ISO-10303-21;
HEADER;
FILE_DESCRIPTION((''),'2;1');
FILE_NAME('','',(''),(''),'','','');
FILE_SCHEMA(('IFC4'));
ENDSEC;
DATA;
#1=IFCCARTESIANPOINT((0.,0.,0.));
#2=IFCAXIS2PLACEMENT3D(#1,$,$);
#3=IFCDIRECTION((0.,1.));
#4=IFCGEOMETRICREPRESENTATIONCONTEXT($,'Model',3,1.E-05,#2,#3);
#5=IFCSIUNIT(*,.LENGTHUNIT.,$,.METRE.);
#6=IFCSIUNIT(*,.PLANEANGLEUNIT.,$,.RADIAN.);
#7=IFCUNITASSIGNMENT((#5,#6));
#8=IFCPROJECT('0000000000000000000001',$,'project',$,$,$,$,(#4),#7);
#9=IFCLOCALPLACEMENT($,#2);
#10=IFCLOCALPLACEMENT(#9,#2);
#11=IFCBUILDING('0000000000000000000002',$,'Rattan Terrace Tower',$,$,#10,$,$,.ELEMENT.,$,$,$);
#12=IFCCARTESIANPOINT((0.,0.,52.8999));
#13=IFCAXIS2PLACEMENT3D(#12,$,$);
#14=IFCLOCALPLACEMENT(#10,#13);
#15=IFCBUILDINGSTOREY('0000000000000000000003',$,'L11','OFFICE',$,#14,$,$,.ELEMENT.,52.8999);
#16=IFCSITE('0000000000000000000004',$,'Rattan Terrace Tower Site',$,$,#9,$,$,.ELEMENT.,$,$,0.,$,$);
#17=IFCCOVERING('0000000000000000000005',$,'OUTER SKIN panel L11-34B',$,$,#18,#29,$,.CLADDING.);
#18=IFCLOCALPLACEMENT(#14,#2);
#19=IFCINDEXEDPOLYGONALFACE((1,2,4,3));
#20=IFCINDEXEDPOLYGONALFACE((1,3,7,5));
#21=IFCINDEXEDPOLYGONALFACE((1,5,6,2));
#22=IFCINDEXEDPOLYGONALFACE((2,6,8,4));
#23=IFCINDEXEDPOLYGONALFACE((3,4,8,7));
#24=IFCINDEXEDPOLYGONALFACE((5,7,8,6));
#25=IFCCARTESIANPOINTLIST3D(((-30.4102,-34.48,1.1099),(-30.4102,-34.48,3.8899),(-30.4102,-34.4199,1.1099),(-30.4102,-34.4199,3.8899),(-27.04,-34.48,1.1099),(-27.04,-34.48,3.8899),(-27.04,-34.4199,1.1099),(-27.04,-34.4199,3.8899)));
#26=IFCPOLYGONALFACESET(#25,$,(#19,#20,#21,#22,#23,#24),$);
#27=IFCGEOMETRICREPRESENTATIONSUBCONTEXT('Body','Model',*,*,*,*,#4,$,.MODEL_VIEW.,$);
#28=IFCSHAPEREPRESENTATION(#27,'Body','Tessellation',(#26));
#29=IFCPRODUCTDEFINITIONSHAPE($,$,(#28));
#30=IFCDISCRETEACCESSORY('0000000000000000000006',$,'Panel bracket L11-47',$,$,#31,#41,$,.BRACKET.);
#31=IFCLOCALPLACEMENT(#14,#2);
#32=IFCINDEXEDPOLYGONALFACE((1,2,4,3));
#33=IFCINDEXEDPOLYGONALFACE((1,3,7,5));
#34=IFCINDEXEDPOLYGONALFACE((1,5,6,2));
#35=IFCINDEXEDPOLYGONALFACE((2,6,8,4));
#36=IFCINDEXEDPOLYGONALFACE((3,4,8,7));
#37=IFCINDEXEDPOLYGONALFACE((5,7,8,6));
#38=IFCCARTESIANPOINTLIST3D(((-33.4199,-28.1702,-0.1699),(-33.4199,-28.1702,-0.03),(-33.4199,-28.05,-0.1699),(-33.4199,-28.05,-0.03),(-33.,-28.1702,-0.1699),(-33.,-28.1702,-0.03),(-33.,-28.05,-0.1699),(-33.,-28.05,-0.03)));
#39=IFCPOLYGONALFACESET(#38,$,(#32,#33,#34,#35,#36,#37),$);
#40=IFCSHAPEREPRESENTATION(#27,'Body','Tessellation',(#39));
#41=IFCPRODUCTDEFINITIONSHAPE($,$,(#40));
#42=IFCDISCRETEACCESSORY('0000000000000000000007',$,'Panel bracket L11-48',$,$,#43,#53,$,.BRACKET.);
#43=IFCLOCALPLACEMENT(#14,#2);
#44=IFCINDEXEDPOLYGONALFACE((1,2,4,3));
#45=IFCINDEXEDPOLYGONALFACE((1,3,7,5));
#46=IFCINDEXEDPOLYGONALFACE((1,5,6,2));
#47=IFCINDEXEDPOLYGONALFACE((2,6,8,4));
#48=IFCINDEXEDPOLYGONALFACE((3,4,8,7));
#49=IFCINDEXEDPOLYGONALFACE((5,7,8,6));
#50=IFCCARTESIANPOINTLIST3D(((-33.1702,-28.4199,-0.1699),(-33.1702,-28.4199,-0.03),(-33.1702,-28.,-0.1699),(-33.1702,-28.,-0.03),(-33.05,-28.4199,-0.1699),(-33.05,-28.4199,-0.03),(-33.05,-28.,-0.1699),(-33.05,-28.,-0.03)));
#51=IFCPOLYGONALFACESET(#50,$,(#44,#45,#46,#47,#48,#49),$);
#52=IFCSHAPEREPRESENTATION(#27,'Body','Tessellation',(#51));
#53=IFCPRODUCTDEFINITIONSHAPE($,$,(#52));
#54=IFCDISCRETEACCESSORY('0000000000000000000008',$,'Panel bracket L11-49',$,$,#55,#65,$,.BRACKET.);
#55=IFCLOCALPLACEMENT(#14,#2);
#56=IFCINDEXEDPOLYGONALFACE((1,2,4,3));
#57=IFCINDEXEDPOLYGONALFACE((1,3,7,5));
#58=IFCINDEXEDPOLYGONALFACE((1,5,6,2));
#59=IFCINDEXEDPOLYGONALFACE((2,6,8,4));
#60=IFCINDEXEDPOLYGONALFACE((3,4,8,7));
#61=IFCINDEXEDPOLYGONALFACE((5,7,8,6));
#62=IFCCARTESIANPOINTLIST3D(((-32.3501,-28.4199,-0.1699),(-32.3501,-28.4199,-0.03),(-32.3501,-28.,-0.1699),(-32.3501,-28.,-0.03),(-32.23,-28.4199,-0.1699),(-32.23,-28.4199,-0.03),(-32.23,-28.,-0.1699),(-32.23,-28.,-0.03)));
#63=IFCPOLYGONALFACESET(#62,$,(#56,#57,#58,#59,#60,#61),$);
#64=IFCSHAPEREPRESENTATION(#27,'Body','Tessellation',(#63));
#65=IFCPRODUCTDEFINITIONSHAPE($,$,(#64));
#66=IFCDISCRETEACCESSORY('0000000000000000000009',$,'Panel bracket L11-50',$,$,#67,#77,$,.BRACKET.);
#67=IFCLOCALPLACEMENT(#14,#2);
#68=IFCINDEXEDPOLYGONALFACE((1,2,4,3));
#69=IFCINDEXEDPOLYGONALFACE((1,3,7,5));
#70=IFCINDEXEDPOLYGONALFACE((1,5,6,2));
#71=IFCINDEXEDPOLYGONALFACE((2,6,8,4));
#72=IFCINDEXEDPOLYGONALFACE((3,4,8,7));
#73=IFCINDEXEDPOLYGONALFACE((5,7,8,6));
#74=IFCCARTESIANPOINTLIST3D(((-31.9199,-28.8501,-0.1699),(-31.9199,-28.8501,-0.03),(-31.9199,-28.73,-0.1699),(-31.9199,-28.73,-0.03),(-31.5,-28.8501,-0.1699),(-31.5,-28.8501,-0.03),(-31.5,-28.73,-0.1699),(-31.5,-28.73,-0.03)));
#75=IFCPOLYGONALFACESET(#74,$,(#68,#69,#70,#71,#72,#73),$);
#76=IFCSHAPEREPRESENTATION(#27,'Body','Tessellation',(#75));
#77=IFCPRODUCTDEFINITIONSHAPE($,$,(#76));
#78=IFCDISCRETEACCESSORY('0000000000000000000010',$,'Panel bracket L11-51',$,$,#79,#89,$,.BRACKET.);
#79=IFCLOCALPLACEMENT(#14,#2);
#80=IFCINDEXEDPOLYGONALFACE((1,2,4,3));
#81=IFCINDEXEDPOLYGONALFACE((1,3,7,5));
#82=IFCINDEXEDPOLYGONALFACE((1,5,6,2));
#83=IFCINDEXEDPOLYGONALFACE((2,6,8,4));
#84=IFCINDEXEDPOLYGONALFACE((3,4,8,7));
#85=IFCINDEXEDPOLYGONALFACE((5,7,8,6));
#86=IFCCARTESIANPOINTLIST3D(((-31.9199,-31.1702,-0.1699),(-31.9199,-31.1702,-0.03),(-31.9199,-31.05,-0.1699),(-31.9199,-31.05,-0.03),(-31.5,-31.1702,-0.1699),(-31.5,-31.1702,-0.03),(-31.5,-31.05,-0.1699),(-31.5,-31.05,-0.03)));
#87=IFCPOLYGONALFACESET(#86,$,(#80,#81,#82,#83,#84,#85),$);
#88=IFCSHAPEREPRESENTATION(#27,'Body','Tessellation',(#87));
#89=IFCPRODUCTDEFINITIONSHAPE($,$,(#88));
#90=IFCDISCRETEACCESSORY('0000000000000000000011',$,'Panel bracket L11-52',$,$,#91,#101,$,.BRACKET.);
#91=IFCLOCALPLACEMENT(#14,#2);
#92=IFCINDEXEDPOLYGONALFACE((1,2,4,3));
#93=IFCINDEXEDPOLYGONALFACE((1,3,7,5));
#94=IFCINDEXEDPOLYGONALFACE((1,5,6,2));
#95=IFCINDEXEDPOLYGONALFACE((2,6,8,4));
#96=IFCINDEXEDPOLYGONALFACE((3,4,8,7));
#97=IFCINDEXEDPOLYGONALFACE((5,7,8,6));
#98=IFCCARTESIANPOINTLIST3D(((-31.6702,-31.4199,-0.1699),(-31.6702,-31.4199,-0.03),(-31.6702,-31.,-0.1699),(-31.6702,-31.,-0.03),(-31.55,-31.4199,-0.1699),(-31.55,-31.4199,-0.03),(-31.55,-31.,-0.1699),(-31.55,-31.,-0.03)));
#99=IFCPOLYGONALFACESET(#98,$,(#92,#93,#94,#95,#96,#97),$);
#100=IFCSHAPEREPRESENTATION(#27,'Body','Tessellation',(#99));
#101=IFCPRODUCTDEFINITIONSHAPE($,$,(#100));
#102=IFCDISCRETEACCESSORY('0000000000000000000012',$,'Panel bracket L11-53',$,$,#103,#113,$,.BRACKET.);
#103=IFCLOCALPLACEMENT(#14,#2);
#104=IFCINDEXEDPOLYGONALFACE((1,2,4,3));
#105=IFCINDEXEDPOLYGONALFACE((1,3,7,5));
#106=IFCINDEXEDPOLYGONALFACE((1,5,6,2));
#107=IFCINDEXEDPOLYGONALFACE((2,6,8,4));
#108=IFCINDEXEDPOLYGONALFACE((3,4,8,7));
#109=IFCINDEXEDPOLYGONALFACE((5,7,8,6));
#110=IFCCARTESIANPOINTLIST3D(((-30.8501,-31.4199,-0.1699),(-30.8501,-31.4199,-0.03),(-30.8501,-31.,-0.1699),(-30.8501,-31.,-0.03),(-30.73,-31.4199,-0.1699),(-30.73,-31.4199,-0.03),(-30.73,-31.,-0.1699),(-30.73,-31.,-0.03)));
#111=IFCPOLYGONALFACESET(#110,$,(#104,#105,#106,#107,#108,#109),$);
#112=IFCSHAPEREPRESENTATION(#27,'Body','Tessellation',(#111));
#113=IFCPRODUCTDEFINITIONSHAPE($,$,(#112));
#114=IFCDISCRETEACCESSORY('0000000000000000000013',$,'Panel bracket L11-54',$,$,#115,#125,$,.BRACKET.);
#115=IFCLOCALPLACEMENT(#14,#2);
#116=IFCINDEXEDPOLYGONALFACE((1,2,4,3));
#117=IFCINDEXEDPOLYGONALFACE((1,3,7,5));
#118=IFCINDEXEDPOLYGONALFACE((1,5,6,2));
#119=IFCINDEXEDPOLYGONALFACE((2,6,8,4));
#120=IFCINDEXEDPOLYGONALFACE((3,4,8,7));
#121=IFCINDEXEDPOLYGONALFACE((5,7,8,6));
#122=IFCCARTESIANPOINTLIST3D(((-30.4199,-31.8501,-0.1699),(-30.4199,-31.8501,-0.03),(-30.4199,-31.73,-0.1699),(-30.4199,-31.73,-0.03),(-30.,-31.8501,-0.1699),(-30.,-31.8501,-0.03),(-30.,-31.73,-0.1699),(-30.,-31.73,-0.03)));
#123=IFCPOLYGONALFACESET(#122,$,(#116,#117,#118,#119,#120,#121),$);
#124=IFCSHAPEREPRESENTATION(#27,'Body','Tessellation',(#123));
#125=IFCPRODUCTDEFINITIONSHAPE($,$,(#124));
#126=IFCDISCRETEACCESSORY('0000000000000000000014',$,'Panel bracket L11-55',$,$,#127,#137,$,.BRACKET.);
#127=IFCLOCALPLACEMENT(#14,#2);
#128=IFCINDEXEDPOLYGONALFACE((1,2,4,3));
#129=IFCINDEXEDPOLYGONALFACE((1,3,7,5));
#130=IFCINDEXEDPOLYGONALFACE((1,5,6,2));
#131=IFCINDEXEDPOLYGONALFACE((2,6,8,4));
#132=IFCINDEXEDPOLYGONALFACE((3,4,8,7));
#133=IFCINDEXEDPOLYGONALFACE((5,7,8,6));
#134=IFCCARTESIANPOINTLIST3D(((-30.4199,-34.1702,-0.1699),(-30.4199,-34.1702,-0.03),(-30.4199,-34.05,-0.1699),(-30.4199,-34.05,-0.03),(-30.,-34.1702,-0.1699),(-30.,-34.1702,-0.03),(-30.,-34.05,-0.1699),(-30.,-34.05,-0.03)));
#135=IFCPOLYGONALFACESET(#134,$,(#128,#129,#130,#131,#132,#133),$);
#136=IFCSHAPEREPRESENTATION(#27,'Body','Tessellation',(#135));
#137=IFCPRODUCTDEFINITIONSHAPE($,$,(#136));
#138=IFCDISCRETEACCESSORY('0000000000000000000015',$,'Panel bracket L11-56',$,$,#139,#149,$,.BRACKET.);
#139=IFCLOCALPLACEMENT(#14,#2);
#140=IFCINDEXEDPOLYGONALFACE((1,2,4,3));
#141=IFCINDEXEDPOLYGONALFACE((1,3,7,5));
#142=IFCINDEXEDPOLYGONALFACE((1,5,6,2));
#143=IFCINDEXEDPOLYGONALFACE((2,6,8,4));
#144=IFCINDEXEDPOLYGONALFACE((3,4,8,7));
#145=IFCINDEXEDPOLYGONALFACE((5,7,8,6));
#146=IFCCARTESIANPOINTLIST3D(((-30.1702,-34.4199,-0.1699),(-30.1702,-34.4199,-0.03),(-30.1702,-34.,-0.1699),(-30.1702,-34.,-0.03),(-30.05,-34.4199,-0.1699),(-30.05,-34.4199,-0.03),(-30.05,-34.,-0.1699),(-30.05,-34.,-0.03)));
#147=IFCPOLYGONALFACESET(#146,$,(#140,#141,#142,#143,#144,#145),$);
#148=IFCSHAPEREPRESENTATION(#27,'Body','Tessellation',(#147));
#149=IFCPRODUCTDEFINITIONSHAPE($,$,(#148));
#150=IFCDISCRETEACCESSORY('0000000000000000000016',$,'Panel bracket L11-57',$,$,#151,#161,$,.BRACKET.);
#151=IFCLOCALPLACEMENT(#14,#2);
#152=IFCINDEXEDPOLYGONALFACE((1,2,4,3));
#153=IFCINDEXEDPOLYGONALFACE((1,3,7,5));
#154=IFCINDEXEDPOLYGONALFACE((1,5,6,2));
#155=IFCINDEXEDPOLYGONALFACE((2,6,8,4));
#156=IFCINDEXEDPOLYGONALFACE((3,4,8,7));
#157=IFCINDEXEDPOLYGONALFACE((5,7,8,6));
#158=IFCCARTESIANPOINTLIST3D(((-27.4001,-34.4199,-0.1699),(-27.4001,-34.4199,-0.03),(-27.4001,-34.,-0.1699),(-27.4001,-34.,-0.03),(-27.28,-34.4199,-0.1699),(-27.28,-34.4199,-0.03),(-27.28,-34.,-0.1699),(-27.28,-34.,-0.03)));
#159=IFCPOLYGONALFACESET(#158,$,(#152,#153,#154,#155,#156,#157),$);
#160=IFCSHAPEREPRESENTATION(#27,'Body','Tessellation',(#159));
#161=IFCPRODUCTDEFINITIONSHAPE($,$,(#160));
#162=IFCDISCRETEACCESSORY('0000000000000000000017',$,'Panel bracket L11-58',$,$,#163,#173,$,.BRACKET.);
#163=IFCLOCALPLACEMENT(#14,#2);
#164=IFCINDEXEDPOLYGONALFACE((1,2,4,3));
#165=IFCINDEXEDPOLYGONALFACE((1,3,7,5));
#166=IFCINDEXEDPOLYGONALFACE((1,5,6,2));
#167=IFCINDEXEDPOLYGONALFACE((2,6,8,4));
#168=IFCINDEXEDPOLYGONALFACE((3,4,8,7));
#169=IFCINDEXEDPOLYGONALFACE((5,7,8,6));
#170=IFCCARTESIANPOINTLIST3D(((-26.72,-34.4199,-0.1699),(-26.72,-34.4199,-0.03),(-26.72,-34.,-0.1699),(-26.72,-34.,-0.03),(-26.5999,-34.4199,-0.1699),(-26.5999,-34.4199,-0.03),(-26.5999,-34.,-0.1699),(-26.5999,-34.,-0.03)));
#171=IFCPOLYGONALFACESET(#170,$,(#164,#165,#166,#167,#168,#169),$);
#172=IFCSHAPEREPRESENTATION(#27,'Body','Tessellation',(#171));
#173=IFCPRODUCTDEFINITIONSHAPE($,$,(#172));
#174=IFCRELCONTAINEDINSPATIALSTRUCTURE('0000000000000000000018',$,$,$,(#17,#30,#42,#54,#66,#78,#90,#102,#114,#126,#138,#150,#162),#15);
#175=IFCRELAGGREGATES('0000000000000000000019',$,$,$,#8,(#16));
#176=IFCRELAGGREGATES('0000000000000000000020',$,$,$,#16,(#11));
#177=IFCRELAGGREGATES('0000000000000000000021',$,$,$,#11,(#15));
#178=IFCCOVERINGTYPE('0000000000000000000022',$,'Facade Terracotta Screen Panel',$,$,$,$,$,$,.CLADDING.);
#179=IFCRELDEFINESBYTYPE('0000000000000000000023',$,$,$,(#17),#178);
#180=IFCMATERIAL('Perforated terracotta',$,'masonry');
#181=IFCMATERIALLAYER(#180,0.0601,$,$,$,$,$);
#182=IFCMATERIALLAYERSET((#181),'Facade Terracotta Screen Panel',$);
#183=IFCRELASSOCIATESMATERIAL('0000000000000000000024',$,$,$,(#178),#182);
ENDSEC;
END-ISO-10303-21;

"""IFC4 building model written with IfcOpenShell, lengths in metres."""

from ifc_helpers import new_model, si_unit, direction, frame, origin, origin_2d, place, context, subcontext, project, spatial, rectangle, extrude, material, layer, layer_set, type_object, element, save


model = new_model("IFC4")

# Units and contexts
model_context = context("Model", 3, precision=1e-05, world=origin(), true_north=direction((0.0, 1.0)))
body_context = subcontext(model_context, "Body", "Model", "MODEL_VIEW")
ifc_project = project(units=[si_unit("LENGTHUNIT", "METRE"), si_unit("PLANEANGLEUNIT", "RADIAN")], contexts=[model_context])

# Site, building, storey
site_placement = place(None, origin())
site = spatial("IfcSite", under=ifc_project, at=site_placement, Name="Rattan Terrace Tower Site", CompositionType="ELEMENT", RefElevation=0.0)
building_placement = place(site_placement, origin())
building = spatial("IfcBuilding", under=site, at=building_placement, Name="Rattan Terrace Tower", CompositionType="ELEMENT")
storey_placement = place(building_placement, frame((0.0, 0.0, 52.8999)))
storey = spatial("IfcBuildingStorey", under=building, at=storey_placement, Name="L11", Description="OFFICE", CompositionType="ELEMENT", Elevation=52.8999)

# Covering
ifc_material_1 = material(Name="Perforated terracotta", Category="masonry")
ifc_layer_1 = layer(ifc_material_1, 0.0601)
ifc_layer_set_1 = layer_set([ifc_layer_1], Name="Facade Terracotta Screen Panel")
covering_type_1 = type_object("IfcCoveringType", Name="Facade Terracotta Screen Panel", PredefinedType="CLADDING", material=ifc_layer_set_1)
covering_1_placement = place(storey_placement, frame((-28.7251, -34.45, 1.1099), z_axis=(0.0, 0.0, 1.0), x_axis=(1.0, 0.0, 0.0)))
element("IfcCovering", 1, at=covering_1_placement, inside=storey, type_object=covering_type_1, Name="OUTER SKIN panel L11-34B", PredefinedType="CLADDING", context=body_context, shape_type="SweptSolid", body=[
    extrude(rectangle(XDim=3.3701, YDim=0.0601, at=origin_2d()), origin(), (0.0, 0.0, 1.0), 2.78),
])

# Discrete accessories
for number, where, z_axis, x_axis, name in (
    (2, (-33.21, -28.1101, -0.1699), (0.0, 0.0, 1.0), (0.0, -1.0, 0.0), "Panel bracket L11-47"),
    (3, (-33.1101, -28.21, -0.1699), (0.0, 0.0, 1.0), (1.0, 0.0, 0.0), "Panel bracket L11-48"),
    (4, (-32.29, -28.21, -0.1699), (0.0, 0.0, 1.0), (1.0, 0.0, 0.0), "Panel bracket L11-49"),
    (5, (-31.71, -28.79, -0.1699), (0.0, 0.0, 1.0), (0.0, -1.0, 0.0), "Panel bracket L11-50"),
    (6, (-31.71, -31.1101, -0.1699), (0.0, 0.0, 1.0), (0.0, -1.0, 0.0), "Panel bracket L11-51"),
    (7, (-31.6101, -31.21, -0.1699), (0.0, 0.0, 1.0), (1.0, 0.0, 0.0), "Panel bracket L11-52"),
    (8, (-30.79, -31.21, -0.1699), (0.0, 0.0, 1.0), (1.0, 0.0, 0.0), "Panel bracket L11-53"),
    (9, (-30.21, -31.79, -0.1699), (0.0, 0.0, 1.0), (0.0, -1.0, 0.0), "Panel bracket L11-54"),
    (10, (-30.21, -34.1101, -0.1699), (0.0, 0.0, 1.0), (0.0, -1.0, 0.0), "Panel bracket L11-55"),
    (11, (-30.1101, -34.21, -0.1699), (0.0, 0.0, 1.0), (1.0, 0.0, 0.0), "Panel bracket L11-56"),
    (12, (-27.3401, -34.21, -0.1699), (0.0, 0.0, 1.0), (1.0, 0.0, 0.0), "Panel bracket L11-57"),
    (13, (-26.6599, -34.21, -0.1699), (0.0, 0.0, 1.0), (1.0, 0.0, 0.0), "Panel bracket L11-58"),
):
    element("IfcDiscreteAccessory", number, at=place(storey_placement, frame(where, z_axis=z_axis, x_axis=x_axis)), inside=storey, Name=name, PredefinedType="BRACKET", context=body_context, shape_type="SweptSolid", body=[
        extrude(rectangle(XDim=0.1201, YDim=0.4199, at=origin_2d()), origin(), (0.0, 0.0, 1.0), 0.1399),
    ])

save(model, "model.ifc")
